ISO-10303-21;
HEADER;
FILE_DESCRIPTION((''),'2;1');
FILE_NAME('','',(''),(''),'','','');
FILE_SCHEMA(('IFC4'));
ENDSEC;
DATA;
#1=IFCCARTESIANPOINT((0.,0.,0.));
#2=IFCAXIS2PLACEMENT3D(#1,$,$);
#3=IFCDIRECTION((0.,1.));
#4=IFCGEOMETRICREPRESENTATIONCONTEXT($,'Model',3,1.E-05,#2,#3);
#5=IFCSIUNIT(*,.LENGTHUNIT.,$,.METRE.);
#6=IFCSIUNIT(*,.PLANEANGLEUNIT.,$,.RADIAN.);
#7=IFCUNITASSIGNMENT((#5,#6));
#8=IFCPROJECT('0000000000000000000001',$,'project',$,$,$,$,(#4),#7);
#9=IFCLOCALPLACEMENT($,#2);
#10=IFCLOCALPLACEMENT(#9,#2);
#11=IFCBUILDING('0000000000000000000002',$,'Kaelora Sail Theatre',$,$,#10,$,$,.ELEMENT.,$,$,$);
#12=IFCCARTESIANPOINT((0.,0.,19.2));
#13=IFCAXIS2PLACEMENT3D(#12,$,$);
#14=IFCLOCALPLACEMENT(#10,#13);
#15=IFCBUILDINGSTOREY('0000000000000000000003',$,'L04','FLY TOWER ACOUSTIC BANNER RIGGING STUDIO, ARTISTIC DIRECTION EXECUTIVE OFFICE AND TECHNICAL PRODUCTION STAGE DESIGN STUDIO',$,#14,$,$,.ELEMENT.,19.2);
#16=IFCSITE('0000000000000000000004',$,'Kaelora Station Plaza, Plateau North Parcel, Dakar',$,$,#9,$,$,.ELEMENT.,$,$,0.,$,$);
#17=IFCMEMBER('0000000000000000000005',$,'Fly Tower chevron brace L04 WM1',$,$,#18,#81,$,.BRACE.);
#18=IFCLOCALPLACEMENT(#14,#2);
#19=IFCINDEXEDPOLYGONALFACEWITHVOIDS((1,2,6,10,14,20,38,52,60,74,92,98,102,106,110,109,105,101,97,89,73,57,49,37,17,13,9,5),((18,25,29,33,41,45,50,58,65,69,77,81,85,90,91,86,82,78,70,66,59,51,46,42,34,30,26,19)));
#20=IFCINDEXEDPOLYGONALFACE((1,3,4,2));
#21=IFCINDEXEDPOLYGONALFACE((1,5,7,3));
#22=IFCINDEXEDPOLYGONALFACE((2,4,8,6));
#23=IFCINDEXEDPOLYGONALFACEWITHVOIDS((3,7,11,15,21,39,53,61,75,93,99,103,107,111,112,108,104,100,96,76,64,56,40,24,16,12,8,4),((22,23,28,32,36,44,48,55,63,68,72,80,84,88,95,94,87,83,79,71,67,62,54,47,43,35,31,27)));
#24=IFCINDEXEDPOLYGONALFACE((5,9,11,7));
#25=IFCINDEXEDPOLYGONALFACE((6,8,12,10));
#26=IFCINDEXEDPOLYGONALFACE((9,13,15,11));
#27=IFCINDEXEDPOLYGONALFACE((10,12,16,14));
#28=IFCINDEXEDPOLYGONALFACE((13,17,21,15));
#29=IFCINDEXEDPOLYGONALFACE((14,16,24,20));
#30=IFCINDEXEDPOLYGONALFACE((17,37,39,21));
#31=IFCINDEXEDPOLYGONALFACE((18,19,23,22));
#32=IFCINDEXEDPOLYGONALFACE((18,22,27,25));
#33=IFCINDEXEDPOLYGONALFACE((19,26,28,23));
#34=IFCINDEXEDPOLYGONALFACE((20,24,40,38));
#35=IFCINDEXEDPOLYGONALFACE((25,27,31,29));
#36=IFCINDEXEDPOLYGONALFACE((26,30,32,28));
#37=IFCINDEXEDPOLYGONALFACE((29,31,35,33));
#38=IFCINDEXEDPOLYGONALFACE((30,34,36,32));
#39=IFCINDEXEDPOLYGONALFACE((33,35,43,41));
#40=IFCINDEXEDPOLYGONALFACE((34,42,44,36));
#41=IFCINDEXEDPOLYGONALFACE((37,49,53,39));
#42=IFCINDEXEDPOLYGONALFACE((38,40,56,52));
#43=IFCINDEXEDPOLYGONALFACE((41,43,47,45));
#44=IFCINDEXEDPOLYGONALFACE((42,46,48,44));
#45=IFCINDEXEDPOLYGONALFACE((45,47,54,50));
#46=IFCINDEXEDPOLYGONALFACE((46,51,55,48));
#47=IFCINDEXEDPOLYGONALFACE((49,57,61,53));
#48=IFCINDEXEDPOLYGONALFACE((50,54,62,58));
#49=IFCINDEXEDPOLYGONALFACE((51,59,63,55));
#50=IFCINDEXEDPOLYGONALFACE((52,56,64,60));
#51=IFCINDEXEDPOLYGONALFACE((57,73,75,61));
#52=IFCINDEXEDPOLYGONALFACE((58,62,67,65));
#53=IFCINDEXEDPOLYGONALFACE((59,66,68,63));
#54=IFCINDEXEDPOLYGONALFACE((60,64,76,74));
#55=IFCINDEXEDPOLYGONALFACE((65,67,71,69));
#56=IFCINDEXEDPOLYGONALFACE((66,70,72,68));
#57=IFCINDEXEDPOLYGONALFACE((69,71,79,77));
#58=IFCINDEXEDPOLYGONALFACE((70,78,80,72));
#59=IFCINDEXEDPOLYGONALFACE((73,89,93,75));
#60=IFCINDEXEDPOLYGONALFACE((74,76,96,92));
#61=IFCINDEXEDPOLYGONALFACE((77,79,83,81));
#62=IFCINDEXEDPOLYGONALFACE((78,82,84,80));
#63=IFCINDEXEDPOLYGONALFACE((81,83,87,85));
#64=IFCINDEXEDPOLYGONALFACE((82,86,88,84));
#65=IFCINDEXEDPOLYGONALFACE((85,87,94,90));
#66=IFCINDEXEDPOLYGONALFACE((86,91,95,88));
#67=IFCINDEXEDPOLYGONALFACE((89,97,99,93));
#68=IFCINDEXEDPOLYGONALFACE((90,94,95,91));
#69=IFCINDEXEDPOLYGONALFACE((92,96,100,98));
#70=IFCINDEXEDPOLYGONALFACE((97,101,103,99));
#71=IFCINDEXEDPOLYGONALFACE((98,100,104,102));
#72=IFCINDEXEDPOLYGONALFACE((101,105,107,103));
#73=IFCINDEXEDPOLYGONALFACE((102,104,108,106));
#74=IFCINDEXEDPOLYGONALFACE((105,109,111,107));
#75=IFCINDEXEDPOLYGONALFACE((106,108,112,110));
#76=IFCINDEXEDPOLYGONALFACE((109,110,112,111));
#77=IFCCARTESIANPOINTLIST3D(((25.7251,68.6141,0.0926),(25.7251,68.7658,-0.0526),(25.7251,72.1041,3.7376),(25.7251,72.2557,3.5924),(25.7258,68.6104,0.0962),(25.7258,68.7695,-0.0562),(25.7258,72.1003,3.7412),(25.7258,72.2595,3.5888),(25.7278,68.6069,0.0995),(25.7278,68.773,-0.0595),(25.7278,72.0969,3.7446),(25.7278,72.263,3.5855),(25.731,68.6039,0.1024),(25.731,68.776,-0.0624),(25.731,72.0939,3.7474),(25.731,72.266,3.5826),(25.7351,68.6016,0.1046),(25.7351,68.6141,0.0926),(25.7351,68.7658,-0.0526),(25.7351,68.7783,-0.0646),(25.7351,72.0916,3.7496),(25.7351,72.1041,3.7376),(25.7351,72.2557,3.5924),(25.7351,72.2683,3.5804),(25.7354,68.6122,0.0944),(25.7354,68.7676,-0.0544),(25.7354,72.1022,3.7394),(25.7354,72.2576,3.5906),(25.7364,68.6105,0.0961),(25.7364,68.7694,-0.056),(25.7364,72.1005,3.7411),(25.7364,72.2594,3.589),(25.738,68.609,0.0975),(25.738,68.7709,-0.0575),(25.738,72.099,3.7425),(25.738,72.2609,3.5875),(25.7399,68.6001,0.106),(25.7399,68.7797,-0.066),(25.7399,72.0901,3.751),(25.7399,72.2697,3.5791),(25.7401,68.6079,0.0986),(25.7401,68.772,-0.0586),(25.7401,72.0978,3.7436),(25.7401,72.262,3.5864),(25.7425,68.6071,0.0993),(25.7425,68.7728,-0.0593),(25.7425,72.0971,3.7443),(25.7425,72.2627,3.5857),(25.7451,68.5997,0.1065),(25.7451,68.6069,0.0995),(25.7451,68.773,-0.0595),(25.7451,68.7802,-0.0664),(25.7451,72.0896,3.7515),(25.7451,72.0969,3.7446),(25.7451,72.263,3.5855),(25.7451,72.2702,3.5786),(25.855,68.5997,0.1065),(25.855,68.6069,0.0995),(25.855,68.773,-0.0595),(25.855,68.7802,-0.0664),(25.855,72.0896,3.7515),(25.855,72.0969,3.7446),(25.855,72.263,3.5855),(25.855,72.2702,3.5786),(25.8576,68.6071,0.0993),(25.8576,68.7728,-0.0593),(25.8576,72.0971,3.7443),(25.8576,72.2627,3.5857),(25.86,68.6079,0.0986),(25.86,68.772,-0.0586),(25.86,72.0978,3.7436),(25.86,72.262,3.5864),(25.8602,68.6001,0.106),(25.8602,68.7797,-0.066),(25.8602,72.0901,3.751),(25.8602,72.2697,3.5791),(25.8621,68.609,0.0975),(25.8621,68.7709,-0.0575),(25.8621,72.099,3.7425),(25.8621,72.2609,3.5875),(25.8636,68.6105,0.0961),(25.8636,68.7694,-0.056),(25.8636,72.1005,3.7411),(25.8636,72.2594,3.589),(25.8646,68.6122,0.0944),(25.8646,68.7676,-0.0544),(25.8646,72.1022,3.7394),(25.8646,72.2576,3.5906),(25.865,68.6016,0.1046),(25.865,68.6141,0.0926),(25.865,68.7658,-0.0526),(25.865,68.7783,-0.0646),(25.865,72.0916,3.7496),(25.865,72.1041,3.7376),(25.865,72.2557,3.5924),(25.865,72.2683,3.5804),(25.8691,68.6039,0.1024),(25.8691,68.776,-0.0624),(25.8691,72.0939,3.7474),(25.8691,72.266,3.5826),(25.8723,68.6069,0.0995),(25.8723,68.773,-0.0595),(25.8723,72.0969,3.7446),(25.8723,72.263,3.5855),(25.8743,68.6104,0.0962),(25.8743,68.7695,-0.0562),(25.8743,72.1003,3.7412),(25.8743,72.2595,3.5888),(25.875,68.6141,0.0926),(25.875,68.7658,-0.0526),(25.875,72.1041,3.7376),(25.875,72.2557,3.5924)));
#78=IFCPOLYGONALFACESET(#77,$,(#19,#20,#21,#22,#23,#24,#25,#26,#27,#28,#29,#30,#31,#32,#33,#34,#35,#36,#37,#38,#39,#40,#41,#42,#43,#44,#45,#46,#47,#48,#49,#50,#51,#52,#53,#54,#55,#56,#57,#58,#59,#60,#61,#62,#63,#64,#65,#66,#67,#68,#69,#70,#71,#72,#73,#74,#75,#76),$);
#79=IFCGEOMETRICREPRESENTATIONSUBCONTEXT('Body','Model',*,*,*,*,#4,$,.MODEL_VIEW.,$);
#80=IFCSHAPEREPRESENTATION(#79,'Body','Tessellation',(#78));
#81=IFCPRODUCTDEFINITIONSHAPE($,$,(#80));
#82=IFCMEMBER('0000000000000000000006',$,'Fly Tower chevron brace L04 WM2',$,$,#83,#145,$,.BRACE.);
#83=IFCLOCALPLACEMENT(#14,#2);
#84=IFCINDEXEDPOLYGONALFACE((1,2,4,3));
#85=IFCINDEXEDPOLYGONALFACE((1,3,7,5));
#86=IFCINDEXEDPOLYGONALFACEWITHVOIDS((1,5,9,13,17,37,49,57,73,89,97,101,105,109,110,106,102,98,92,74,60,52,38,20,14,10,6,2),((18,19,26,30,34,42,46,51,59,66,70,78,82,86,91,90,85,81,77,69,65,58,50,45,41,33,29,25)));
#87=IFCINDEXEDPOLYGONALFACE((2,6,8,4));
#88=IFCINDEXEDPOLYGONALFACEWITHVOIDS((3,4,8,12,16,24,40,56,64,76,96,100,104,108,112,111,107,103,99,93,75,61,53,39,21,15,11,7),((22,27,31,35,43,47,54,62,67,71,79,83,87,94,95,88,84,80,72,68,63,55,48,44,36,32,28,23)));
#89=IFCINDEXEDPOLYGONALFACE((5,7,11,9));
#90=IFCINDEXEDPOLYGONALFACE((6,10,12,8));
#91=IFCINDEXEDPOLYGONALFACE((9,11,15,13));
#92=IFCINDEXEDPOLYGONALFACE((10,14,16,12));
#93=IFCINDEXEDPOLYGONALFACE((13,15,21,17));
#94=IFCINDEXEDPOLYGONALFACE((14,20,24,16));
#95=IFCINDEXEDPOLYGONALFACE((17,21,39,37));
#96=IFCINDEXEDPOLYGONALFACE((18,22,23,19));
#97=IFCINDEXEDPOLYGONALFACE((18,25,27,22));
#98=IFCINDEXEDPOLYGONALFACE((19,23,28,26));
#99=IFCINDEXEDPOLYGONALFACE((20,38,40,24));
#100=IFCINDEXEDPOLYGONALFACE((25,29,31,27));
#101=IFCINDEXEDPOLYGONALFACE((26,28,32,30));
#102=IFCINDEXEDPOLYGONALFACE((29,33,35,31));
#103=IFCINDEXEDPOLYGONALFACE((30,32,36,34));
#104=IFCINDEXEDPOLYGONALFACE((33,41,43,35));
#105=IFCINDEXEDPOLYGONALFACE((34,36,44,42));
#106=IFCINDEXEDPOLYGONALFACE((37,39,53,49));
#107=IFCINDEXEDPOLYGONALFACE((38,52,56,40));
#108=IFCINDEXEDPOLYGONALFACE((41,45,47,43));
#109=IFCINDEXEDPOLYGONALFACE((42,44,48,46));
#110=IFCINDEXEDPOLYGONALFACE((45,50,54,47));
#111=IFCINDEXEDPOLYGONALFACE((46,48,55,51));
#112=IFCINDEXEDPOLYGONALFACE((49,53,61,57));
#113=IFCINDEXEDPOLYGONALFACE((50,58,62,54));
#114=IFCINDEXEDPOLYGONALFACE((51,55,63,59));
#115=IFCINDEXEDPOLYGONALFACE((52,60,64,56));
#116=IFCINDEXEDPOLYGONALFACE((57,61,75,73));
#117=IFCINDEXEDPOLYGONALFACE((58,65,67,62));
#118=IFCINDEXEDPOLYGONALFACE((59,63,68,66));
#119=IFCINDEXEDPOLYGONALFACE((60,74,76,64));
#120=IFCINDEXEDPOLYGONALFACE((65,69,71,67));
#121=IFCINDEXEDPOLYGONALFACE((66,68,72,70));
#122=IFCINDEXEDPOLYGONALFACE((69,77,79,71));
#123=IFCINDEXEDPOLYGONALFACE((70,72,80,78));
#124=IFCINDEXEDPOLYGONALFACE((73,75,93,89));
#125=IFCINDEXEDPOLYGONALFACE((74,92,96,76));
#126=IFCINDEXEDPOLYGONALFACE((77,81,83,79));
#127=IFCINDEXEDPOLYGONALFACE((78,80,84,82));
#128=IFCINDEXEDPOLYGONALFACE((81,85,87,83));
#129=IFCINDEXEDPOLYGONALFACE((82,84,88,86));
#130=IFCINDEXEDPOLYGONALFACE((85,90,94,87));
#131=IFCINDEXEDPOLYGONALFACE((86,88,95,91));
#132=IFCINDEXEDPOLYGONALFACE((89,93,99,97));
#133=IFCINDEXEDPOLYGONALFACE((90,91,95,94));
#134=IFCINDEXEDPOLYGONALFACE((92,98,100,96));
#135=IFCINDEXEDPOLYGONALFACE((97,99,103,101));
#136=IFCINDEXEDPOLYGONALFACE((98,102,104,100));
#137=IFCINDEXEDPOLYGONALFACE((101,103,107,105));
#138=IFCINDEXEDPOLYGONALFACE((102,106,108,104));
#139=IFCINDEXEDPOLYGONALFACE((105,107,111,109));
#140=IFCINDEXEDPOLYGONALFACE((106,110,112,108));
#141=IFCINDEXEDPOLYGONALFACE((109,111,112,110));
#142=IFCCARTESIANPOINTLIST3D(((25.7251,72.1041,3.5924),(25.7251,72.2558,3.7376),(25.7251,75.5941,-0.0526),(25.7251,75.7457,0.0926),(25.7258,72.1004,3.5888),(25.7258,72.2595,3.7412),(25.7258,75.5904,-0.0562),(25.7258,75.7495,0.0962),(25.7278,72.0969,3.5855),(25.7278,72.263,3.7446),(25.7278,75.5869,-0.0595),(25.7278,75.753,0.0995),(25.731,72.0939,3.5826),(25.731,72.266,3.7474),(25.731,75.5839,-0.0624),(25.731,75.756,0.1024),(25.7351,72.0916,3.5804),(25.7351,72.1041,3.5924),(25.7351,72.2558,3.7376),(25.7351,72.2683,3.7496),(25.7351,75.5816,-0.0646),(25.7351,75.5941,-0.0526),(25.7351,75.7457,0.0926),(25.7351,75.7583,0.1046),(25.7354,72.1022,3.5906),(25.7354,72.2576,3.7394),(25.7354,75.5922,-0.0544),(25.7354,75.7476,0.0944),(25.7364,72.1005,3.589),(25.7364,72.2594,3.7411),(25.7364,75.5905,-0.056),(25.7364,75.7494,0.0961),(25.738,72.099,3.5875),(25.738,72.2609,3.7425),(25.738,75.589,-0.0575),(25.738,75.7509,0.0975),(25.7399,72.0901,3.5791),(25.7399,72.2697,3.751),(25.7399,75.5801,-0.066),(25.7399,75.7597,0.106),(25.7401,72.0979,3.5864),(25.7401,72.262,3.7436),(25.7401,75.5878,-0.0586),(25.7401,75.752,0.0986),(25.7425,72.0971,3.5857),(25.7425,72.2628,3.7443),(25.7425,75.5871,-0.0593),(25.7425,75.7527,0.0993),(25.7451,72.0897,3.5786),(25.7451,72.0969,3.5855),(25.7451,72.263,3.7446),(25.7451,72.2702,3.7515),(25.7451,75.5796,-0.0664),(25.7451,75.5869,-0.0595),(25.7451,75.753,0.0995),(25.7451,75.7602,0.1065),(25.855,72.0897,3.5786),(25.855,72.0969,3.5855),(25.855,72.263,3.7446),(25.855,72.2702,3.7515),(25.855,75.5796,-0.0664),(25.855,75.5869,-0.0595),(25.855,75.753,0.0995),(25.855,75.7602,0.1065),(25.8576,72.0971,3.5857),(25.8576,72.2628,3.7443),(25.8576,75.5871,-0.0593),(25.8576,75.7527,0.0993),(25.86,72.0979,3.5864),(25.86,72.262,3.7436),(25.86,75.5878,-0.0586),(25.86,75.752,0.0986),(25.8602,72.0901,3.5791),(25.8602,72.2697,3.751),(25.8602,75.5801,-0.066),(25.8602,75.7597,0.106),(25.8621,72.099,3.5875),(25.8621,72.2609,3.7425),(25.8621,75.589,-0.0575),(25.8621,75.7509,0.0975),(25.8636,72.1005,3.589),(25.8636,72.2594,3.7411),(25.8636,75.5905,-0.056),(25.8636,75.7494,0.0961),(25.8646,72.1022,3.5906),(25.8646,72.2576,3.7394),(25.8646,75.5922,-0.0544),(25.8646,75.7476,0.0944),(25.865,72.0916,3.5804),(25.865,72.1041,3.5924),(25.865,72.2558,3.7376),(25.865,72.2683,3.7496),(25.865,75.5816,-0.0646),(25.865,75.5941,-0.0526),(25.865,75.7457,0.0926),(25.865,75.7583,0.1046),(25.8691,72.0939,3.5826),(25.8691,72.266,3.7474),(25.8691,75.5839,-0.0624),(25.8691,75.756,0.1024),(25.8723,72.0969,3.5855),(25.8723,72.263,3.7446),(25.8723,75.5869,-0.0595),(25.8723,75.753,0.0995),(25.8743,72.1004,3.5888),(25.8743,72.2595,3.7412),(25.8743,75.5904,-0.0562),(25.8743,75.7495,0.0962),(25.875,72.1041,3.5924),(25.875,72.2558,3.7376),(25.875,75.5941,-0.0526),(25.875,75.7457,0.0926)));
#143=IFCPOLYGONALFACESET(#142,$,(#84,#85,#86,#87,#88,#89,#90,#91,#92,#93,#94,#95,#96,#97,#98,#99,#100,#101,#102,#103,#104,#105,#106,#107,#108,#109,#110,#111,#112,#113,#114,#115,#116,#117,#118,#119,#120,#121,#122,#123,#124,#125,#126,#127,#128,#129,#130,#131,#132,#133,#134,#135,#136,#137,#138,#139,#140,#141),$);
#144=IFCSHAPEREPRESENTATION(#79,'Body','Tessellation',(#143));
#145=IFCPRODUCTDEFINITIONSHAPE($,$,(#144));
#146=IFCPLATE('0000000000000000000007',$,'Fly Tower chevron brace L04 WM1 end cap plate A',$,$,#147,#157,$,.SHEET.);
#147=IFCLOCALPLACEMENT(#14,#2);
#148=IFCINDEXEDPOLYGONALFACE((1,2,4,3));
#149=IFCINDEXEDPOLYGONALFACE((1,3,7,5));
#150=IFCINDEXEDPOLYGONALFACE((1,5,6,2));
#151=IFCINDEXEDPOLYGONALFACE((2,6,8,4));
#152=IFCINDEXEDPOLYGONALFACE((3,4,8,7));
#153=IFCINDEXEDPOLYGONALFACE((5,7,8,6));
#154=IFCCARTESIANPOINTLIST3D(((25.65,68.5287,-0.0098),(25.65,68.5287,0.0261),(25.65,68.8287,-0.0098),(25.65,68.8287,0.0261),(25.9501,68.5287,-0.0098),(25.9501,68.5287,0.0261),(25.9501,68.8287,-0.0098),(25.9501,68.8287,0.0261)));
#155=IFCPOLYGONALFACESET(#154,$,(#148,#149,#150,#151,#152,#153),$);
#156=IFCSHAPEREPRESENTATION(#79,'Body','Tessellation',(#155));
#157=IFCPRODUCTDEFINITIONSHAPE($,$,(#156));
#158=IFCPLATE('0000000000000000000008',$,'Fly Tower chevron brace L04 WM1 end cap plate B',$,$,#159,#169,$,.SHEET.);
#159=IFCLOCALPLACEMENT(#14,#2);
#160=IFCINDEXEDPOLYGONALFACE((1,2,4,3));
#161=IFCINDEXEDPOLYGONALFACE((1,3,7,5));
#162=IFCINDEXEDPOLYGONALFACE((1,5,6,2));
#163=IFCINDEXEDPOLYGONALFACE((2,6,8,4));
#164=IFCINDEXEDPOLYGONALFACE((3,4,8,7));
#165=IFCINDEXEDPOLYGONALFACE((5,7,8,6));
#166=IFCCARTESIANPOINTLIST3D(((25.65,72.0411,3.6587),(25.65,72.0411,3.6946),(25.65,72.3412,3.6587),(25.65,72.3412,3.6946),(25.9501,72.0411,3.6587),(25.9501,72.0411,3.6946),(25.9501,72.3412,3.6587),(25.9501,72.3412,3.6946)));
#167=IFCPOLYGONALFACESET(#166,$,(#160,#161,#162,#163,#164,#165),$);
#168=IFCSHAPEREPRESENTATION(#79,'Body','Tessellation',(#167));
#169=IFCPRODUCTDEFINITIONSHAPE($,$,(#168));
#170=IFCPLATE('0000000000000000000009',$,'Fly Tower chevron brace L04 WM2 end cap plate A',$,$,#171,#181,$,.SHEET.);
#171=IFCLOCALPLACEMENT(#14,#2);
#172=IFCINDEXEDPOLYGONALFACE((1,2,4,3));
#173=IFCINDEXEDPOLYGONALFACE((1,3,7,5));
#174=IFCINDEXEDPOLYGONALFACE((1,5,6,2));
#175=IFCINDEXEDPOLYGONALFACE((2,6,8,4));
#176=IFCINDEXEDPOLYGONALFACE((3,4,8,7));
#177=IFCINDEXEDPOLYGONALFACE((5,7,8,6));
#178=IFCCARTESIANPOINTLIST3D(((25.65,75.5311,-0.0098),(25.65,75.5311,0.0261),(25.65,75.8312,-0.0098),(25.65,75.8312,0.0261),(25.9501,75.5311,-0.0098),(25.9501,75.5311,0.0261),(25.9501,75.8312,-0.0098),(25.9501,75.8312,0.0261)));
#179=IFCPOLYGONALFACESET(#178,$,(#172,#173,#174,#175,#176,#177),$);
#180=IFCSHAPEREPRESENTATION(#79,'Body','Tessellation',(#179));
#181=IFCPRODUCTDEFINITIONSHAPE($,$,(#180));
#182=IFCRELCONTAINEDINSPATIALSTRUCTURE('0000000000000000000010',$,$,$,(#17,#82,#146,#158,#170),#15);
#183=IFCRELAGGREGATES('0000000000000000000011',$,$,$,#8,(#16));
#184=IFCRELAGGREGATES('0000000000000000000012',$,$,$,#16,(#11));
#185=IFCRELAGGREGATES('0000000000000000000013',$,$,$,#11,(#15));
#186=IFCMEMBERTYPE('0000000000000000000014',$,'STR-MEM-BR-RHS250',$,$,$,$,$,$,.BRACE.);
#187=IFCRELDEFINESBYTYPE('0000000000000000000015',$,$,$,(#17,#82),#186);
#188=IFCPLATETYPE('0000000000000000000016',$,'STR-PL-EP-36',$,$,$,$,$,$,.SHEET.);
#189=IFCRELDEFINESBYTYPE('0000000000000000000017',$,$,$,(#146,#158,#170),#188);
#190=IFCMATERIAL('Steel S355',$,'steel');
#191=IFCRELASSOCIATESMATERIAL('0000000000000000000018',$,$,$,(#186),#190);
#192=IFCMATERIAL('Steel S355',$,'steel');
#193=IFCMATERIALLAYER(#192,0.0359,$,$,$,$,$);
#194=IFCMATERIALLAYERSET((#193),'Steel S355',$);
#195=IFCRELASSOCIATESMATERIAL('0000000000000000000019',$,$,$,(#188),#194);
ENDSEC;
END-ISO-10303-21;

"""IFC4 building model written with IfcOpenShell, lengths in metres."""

from ifc_helpers import new_model, si_unit, direction, frame, origin, origin_2d, place, context, subcontext, project, spatial, rectangle, hollow_rectangle, extrude, material, layer, layer_set, material_profile, profile_set, type_object, element, save


model = new_model("IFC4")

# Units and contexts
model_context = context("Model", 3, precision=1e-05, world=origin(), true_north=direction((0.0, 1.0)))
body_context = subcontext(model_context, "Body", "Model", "MODEL_VIEW")
ifc_project = project(units=[si_unit("LENGTHUNIT", "METRE"), si_unit("PLANEANGLEUNIT", "RADIAN")], contexts=[model_context])

# Site, building, storey
site_placement = place(None, origin())
site = spatial("IfcSite", under=ifc_project, at=site_placement, Name="Kaelora Station Plaza, Plateau North Parcel, Dakar", CompositionType="ELEMENT", RefElevation=0.0)
building_placement = place(site_placement, origin())
building = spatial("IfcBuilding", under=site, at=building_placement, Name="Kaelora Sail Theatre", CompositionType="ELEMENT")
storey_placement = place(building_placement, frame((0.0, 0.0, 19.2)))
storey = spatial("IfcBuildingStorey", under=building, at=storey_placement, Name="L04", Description="FLY TOWER ACOUSTIC BANNER RIGGING STUDIO, ARTISTIC DIRECTION EXECUTIVE OFFICE AND TECHNICAL PRODUCTION STAGE DESIGN STUDIO", CompositionType="ELEMENT", Elevation=19.2)

# Members
ifc_material_1 = material(Name="Steel S355", Category="steel")
ifc_material_profile_1 = material_profile(ifc_material_1, hollow_rectangle(XDim=0.1499, YDim=0.25, WallThickness=0.01, InnerFilletRadius=0.01, OuterFilletRadius=0.02, at=origin_2d()), Name="RHS 250x150x10.0")
ifc_profile_set_1 = profile_set([ifc_material_profile_1], Name="Steel S355")
member_type = type_object("IfcMemberType", Name="STR-MEM-BR-RHS250", PredefinedType="BRACE", material=ifc_profile_set_1)
for number, where, z_axis, x_axis, name in (
    (1, (25.8, 68.6899, 0.02), (0.0, 0.69158, 0.7223), (-1.0, 0.0, 0.0), "Fly Tower chevron brace L04 WM1"),
    (2, (25.8, 75.6699, 0.02), (0.0, -0.69158, 0.7223), (1.0, 0.0, 0.0), "Fly Tower chevron brace L04 WM2"),
):
    element("IfcMember", number, at=place(storey_placement, frame(where, z_axis=z_axis, x_axis=x_axis)), inside=storey, type_object=member_type, Name=name, PredefinedType="BRACE", context=body_context, shape_type="SweptSolid", body=[
        extrude(hollow_rectangle(XDim=0.1499, YDim=0.25, WallThickness=0.01, InnerFilletRadius=0.01, OuterFilletRadius=0.02, at=origin_2d()), origin(), (0.0, 0.0, 1.0), 5.0464),
    ])

# Plates
ifc_material_2 = material(Name="Steel S355", Category="steel")
ifc_layer_1 = layer(ifc_material_2, 0.0359)
ifc_layer_set_1 = layer_set([ifc_layer_1], Name="Steel S355")
plate_type = type_object("IfcPlateType", Name="STR-PL-EP-36", PredefinedType="SHEET", material=ifc_layer_set_1)
for number, where, z_axis, x_axis, name in (
    (3, (25.8, 68.6787, -0.0098), (0.0, 0.0, 1.0), (1.0, 0.0, 0.0), "Fly Tower chevron brace L04 WM1 end cap plate A"),
    (4, (25.8, 72.1912, 3.6587), (0.0, 0.0, 1.0), (1.0, 0.0, 0.0), "Fly Tower chevron brace L04 WM1 end cap plate B"),
    (5, (25.8, 75.6812, -0.0098), (0.0, 0.0, 1.0), (1.0, 0.0, 0.0), "Fly Tower chevron brace L04 WM2 end cap plate A"),
):
    element("IfcPlate", number, at=place(storey_placement, frame(where, z_axis=z_axis, x_axis=x_axis)), inside=storey, type_object=plate_type, Name=name, PredefinedType="SHEET", context=body_context, shape_type="SweptSolid", body=[
        extrude(rectangle(XDim=0.3, YDim=0.3, at=origin_2d()), origin(), (0.0, 0.0, 1.0), 0.0359),
    ])

save(model, "model.ifc")
